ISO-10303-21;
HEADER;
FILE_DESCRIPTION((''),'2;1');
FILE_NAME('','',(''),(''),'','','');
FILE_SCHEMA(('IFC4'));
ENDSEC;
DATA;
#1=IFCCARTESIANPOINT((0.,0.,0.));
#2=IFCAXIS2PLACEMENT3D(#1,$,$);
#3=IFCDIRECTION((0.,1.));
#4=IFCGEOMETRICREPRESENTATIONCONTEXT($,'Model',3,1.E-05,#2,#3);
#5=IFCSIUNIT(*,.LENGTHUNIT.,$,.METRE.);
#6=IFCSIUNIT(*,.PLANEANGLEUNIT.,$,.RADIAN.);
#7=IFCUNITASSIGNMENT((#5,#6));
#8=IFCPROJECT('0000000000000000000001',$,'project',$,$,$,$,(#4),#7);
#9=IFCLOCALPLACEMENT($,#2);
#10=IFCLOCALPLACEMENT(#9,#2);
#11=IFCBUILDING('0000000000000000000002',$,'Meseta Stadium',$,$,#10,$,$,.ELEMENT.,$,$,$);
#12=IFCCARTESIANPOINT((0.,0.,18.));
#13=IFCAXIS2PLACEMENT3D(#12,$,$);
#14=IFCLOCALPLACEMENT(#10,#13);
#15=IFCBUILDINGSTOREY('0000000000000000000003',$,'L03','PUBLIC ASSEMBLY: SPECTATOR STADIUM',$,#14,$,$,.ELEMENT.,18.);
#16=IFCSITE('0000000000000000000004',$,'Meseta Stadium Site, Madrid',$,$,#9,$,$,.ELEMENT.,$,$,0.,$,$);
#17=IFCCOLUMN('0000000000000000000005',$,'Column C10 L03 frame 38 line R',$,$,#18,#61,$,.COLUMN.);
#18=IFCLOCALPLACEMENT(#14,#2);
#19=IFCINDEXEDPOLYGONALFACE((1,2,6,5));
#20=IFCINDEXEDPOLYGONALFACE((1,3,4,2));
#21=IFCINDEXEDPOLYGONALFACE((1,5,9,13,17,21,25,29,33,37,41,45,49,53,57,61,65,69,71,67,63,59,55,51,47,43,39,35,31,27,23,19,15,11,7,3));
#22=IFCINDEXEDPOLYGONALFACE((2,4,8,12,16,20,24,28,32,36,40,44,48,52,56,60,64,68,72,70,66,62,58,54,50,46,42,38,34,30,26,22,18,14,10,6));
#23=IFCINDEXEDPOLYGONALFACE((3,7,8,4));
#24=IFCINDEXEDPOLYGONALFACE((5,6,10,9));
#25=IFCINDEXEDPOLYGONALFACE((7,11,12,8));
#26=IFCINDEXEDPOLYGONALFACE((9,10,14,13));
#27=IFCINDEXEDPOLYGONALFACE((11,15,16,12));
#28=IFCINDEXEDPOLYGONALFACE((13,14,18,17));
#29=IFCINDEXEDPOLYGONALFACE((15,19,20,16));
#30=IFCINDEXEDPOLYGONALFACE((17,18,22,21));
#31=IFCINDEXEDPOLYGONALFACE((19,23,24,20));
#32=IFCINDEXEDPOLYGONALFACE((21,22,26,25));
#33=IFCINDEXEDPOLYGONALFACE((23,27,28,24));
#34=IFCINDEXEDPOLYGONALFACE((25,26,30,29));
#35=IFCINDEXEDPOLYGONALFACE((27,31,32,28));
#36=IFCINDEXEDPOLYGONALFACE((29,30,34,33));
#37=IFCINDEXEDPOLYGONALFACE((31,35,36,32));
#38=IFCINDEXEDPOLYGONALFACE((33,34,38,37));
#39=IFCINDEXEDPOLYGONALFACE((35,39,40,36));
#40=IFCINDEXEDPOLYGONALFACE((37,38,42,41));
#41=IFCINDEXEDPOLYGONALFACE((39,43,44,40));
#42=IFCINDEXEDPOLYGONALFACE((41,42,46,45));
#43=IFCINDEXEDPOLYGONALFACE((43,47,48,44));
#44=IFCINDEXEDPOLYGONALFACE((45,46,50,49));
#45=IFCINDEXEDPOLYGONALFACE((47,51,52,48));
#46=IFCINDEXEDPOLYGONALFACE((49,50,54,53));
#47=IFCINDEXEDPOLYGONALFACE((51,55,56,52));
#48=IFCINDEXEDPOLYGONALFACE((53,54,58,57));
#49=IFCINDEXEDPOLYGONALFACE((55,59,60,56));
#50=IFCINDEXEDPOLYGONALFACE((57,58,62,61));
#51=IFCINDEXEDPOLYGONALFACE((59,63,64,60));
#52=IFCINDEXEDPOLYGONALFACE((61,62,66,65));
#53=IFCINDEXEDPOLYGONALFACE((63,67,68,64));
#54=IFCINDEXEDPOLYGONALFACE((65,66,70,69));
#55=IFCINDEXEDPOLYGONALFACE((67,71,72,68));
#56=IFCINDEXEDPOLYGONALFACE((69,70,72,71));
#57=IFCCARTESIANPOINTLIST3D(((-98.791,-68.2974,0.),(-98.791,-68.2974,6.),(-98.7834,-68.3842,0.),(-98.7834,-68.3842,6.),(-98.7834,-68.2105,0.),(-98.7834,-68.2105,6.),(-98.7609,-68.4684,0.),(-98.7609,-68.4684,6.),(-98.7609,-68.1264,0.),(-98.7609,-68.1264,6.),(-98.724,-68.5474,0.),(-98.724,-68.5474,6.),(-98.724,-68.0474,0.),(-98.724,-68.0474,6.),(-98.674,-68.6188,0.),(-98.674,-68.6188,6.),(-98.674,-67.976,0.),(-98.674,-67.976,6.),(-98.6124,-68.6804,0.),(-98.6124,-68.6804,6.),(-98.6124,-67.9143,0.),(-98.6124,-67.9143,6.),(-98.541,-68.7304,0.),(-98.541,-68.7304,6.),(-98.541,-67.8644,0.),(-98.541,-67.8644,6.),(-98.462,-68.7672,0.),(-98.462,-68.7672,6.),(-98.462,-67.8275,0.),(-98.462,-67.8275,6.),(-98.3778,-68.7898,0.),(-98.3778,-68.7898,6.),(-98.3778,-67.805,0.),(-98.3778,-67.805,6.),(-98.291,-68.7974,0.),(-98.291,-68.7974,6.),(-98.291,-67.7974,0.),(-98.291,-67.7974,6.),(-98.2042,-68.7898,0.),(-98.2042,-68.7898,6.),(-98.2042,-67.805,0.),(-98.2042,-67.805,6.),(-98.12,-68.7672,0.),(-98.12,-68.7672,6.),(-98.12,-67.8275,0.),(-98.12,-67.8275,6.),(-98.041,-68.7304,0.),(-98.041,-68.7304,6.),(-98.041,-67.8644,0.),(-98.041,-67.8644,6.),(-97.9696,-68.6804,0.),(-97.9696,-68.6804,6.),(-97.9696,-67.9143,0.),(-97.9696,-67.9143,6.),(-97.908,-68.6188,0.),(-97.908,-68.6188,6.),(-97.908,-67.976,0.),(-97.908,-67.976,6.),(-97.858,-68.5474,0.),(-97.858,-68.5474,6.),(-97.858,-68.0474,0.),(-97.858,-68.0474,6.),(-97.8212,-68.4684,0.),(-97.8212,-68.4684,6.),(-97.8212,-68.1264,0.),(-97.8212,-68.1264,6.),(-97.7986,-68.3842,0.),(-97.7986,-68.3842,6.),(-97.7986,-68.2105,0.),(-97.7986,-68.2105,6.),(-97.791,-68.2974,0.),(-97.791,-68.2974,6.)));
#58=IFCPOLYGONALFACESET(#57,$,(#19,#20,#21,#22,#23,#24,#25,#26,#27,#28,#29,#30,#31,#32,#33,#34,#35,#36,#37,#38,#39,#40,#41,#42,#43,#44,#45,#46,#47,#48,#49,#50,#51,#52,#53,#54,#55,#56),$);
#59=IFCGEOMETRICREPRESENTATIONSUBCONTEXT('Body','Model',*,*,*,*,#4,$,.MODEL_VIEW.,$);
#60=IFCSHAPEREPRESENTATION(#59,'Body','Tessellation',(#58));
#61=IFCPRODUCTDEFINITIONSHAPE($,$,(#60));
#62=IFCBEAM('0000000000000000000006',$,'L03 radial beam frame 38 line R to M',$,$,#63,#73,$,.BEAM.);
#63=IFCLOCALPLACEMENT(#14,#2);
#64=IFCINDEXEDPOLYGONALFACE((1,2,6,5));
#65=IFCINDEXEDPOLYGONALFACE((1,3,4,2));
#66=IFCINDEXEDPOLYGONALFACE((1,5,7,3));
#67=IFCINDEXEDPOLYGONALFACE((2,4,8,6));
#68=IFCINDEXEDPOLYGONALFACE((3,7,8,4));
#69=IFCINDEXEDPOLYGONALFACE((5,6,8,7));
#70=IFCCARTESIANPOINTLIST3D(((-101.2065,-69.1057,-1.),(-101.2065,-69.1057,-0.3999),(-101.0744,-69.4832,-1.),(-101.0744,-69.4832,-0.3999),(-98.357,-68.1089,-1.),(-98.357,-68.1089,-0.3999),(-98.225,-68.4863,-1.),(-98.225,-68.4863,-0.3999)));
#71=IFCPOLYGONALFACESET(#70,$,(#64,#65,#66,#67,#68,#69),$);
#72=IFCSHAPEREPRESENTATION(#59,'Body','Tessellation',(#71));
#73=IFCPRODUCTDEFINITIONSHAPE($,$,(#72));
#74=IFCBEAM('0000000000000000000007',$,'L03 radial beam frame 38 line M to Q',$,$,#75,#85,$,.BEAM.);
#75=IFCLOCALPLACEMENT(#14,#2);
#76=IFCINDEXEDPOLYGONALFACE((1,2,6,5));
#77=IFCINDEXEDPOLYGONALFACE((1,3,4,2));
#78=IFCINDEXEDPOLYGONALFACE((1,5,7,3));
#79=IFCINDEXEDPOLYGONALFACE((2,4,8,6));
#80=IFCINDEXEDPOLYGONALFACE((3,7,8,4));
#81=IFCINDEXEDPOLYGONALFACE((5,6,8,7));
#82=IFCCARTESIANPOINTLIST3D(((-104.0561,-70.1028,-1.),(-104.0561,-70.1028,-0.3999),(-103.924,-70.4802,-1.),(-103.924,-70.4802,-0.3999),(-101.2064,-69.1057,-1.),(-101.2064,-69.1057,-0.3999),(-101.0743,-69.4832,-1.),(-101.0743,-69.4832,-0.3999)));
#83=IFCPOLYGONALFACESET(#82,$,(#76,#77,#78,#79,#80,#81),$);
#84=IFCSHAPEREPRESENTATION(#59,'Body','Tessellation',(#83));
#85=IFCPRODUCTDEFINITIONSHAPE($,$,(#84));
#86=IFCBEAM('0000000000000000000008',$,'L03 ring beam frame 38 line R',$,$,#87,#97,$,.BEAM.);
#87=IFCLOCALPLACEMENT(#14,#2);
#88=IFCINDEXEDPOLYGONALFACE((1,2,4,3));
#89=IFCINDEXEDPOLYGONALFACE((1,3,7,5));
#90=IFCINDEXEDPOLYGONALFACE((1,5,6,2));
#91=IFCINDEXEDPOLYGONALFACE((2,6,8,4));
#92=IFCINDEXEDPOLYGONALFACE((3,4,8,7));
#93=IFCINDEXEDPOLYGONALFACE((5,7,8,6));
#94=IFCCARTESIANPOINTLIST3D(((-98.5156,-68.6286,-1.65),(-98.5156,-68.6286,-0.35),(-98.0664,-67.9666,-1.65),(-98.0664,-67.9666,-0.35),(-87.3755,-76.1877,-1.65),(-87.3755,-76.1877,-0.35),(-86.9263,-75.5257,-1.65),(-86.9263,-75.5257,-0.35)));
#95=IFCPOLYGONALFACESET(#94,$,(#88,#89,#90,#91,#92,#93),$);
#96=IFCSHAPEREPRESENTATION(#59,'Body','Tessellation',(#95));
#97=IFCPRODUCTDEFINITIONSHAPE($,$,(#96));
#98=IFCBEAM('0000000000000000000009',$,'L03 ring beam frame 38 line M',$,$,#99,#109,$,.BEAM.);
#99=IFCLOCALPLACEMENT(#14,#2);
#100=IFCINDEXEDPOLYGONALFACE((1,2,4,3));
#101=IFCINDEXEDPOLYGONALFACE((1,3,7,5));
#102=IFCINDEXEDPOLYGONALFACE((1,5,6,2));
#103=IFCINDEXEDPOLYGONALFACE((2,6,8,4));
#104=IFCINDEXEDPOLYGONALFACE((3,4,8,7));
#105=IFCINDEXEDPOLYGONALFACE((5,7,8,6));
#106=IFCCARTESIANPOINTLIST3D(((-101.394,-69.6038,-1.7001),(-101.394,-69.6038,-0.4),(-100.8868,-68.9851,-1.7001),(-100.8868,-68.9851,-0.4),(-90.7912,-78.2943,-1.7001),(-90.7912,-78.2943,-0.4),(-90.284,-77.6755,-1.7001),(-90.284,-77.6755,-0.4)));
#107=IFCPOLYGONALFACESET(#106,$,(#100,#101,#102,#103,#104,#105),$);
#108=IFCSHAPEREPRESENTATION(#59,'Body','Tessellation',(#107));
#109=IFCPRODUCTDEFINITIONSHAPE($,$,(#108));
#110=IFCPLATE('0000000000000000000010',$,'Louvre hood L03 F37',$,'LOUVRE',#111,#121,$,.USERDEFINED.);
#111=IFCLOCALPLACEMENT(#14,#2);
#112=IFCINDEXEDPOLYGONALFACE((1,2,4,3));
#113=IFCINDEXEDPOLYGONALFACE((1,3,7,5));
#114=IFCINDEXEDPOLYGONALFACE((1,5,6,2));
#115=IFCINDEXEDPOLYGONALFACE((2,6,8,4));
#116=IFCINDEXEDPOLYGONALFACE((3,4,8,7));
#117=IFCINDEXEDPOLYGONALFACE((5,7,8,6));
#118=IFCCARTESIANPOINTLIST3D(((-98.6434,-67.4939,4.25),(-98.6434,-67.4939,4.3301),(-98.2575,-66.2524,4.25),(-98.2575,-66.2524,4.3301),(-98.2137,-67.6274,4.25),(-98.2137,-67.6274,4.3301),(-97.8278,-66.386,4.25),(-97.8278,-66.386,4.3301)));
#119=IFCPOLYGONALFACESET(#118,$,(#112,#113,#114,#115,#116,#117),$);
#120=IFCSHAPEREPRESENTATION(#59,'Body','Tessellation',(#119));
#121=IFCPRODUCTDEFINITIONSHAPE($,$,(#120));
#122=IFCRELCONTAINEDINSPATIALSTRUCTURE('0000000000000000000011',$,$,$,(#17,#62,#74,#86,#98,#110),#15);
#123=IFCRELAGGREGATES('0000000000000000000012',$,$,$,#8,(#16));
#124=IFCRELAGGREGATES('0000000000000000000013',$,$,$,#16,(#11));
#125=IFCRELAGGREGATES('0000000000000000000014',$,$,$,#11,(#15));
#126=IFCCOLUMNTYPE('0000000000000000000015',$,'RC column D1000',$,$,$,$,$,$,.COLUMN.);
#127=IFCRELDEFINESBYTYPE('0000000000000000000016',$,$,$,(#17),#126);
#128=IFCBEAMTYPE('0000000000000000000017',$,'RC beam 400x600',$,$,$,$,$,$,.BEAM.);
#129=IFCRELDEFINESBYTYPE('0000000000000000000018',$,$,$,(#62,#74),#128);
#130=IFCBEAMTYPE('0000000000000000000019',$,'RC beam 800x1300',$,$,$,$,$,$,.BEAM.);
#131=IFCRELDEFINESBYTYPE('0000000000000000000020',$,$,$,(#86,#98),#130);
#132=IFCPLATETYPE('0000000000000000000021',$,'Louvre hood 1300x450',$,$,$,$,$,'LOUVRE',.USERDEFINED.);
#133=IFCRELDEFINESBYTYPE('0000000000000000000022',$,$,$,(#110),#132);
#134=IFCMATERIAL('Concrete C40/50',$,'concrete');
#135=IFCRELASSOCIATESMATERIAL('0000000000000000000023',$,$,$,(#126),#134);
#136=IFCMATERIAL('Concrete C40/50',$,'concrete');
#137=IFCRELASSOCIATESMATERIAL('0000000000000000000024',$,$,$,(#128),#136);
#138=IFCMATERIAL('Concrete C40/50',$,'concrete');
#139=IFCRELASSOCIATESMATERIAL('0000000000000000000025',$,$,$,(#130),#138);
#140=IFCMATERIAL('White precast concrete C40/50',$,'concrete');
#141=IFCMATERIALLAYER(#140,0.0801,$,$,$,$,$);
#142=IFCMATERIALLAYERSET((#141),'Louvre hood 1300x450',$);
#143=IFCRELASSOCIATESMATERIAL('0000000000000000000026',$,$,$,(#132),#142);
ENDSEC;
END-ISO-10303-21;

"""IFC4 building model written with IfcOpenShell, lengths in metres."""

from ifc_helpers import new_model, si_unit, direction, frame, origin, origin_2d, place, context, subcontext, project, spatial, rectangle, circle, extrude, material, layer, layer_set, material_profile, profile_set, type_object, element, save


model = new_model("IFC4")

# Units and contexts
model_context = context("Model", 3, precision=1e-05, world=origin(), true_north=direction((0.0, 1.0)))
body_context = subcontext(model_context, "Body", "Model", "MODEL_VIEW")
ifc_project = project(units=[si_unit("LENGTHUNIT", "METRE"), si_unit("PLANEANGLEUNIT", "RADIAN")], contexts=[model_context])

# Site, building, storey
site_placement = place(None, origin())
site = spatial("IfcSite", under=ifc_project, at=site_placement, Name="Meseta Stadium Site, Madrid", CompositionType="ELEMENT", RefElevation=0.0)
building_placement = place(site_placement, origin())
building = spatial("IfcBuilding", under=site, at=building_placement, Name="Meseta Stadium", CompositionType="ELEMENT")
storey_placement = place(building_placement, frame((0.0, 0.0, 18.0)))
storey = spatial("IfcBuildingStorey", under=building, at=storey_placement, Name="L03", Description="PUBLIC ASSEMBLY: SPECTATOR STADIUM", CompositionType="ELEMENT", Elevation=18.0)

# Column
ifc_material_1 = material(Name="Concrete C40/50", Category="concrete")
ifc_material_profile_1 = material_profile(ifc_material_1, circle(Radius=0.5, at=origin_2d()), Name="RC D1000")
ifc_profile_set_1 = profile_set([ifc_material_profile_1], Name="Concrete C40/50")
column_type = type_object("IfcColumnType", Name="RC column D1000", PredefinedType="COLUMN", material=ifc_profile_set_1)
column_placement = place(storey_placement, frame((-98.291, -68.2974, 0.0), z_axis=(0.0, 0.0, 1.0), x_axis=(1.0, 0.0, 0.0)))
element("IfcColumn", 1, at=column_placement, inside=storey, type_object=column_type, Name="Column C10 L03 frame 38 line R", PredefinedType="COLUMN", context=body_context, shape_type="SweptSolid", body=[
    extrude(circle(Radius=0.5, at=origin_2d()), origin(), (0.0, 0.0, 1.0), 6.0),
])

# Beams
ifc_material_2 = material(Name="Concrete C40/50", Category="concrete")
ifc_material_profile_2 = material_profile(ifc_material_2, rectangle(XDim=0.3999, YDim=0.6001, at=origin_2d()), Name="RC 400x600")
ifc_profile_set_2 = profile_set([ifc_material_profile_2], Name="Concrete C40/50")
beam_type_1 = type_object("IfcBeamType", Name="RC beam 400x600", PredefinedType="BEAM", material=ifc_profile_set_2)
beam_1_placement = place(storey_placement, frame((-98.291, -68.2976, -0.7), z_axis=(-0.943905, -0.330217, 0.0), x_axis=(0.330217, -0.943905, 0.0)))
element("IfcBeam", 2, at=beam_1_placement, inside=storey, type_object=beam_type_1, Name="L03 radial beam frame 38 line R to M", PredefinedType="BEAM", context=body_context, shape_type="SweptSolid", body=[
    extrude(rectangle(XDim=0.3999, YDim=0.6001, at=origin_2d()), origin(), (0.0, 0.0, 1.0), 3.0188),
])
beam_2_placement = place(storey_placement, frame((-101.1404, -69.2944, -0.7), z_axis=(-0.943889, -0.330264, 0.0), x_axis=(0.330264, -0.943889, 0.0)))
element("IfcBeam", 3, at=beam_2_placement, inside=storey, type_object=beam_type_1, Name="L03 radial beam frame 38 line M to Q", PredefinedType="BEAM", context=body_context, shape_type="SweptSolid", body=[
    extrude(rectangle(XDim=0.3999, YDim=0.6001, at=origin_2d()), origin(), (0.0, 0.0, 1.0), 3.019),
])
ifc_material_3 = material(Name="Concrete C40/50", Category="concrete")
ifc_material_profile_3 = material_profile(ifc_material_3, rectangle(XDim=0.8, YDim=1.3, at=origin_2d()), Name="RC 800x1300")
ifc_profile_set_3 = profile_set([ifc_material_profile_3], Name="Concrete C40/50")
beam_type_2 = type_object("IfcBeamType", Name="RC beam 800x1300", PredefinedType="BEAM", material=ifc_profile_set_3)
beam_3_placement = place(storey_placement, frame((-98.291, -68.2976, -1.0), z_axis=(0.827486, -0.561486, 0.0), x_axis=(0.561486, 0.827486, 0.0)))
element("IfcBeam", 4, at=beam_3_placement, inside=storey, type_object=beam_type_2, Name="L03 ring beam frame 38 line R", PredefinedType="BEAM", context=body_context, shape_type="SweptSolid", body=[
    extrude(rectangle(XDim=0.8, YDim=1.3, at=origin_2d()), origin(), (0.0, 0.0, 1.0), 13.4626),
])
beam_4_placement = place(storey_placement, frame((-101.1404, -69.2944, -1.05), z_axis=(0.773406, -0.633912, 0.0), x_axis=(0.633912, 0.773406, 0.0)))
element("IfcBeam", 5, at=beam_4_placement, inside=storey, type_object=beam_type_2, Name="L03 ring beam frame 38 line M", PredefinedType="BEAM", context=body_context, shape_type="SweptSolid", body=[
    extrude(rectangle(XDim=0.8, YDim=1.3, at=origin_2d()), origin(), (0.0, 0.0, 1.0), 13.7092),
])

# Plate
ifc_material_4 = material(Name="White precast concrete C40/50", Category="concrete")
ifc_layer_1 = layer(ifc_material_4, 0.0801)
ifc_layer_set_1 = layer_set([ifc_layer_1], Name="Louvre hood 1300x450")
plate_type = type_object("IfcPlateType", Name="Louvre hood 1300x450", ElementType="LOUVRE", PredefinedType="USERDEFINED", material=ifc_layer_set_1)
plate_placement = place(storey_placement, frame((-98.2356, -66.9399, 4.25), z_axis=(0.0, 0.0, 1.0), x_axis=(-0.296869, -0.954918, 0.0)))
element("IfcPlate", 6, at=plate_placement, inside=storey, type_object=plate_type, Name="Louvre hood L03 F37", ObjectType="LOUVRE", PredefinedType="USERDEFINED", context=body_context, shape_type="SweptSolid", body=[
    extrude(rectangle(XDim=1.3, YDim=0.45, at=origin_2d()), origin(), (0.0, 0.0, 1.0), 0.0801),
])

save(model, "model.ifc")
